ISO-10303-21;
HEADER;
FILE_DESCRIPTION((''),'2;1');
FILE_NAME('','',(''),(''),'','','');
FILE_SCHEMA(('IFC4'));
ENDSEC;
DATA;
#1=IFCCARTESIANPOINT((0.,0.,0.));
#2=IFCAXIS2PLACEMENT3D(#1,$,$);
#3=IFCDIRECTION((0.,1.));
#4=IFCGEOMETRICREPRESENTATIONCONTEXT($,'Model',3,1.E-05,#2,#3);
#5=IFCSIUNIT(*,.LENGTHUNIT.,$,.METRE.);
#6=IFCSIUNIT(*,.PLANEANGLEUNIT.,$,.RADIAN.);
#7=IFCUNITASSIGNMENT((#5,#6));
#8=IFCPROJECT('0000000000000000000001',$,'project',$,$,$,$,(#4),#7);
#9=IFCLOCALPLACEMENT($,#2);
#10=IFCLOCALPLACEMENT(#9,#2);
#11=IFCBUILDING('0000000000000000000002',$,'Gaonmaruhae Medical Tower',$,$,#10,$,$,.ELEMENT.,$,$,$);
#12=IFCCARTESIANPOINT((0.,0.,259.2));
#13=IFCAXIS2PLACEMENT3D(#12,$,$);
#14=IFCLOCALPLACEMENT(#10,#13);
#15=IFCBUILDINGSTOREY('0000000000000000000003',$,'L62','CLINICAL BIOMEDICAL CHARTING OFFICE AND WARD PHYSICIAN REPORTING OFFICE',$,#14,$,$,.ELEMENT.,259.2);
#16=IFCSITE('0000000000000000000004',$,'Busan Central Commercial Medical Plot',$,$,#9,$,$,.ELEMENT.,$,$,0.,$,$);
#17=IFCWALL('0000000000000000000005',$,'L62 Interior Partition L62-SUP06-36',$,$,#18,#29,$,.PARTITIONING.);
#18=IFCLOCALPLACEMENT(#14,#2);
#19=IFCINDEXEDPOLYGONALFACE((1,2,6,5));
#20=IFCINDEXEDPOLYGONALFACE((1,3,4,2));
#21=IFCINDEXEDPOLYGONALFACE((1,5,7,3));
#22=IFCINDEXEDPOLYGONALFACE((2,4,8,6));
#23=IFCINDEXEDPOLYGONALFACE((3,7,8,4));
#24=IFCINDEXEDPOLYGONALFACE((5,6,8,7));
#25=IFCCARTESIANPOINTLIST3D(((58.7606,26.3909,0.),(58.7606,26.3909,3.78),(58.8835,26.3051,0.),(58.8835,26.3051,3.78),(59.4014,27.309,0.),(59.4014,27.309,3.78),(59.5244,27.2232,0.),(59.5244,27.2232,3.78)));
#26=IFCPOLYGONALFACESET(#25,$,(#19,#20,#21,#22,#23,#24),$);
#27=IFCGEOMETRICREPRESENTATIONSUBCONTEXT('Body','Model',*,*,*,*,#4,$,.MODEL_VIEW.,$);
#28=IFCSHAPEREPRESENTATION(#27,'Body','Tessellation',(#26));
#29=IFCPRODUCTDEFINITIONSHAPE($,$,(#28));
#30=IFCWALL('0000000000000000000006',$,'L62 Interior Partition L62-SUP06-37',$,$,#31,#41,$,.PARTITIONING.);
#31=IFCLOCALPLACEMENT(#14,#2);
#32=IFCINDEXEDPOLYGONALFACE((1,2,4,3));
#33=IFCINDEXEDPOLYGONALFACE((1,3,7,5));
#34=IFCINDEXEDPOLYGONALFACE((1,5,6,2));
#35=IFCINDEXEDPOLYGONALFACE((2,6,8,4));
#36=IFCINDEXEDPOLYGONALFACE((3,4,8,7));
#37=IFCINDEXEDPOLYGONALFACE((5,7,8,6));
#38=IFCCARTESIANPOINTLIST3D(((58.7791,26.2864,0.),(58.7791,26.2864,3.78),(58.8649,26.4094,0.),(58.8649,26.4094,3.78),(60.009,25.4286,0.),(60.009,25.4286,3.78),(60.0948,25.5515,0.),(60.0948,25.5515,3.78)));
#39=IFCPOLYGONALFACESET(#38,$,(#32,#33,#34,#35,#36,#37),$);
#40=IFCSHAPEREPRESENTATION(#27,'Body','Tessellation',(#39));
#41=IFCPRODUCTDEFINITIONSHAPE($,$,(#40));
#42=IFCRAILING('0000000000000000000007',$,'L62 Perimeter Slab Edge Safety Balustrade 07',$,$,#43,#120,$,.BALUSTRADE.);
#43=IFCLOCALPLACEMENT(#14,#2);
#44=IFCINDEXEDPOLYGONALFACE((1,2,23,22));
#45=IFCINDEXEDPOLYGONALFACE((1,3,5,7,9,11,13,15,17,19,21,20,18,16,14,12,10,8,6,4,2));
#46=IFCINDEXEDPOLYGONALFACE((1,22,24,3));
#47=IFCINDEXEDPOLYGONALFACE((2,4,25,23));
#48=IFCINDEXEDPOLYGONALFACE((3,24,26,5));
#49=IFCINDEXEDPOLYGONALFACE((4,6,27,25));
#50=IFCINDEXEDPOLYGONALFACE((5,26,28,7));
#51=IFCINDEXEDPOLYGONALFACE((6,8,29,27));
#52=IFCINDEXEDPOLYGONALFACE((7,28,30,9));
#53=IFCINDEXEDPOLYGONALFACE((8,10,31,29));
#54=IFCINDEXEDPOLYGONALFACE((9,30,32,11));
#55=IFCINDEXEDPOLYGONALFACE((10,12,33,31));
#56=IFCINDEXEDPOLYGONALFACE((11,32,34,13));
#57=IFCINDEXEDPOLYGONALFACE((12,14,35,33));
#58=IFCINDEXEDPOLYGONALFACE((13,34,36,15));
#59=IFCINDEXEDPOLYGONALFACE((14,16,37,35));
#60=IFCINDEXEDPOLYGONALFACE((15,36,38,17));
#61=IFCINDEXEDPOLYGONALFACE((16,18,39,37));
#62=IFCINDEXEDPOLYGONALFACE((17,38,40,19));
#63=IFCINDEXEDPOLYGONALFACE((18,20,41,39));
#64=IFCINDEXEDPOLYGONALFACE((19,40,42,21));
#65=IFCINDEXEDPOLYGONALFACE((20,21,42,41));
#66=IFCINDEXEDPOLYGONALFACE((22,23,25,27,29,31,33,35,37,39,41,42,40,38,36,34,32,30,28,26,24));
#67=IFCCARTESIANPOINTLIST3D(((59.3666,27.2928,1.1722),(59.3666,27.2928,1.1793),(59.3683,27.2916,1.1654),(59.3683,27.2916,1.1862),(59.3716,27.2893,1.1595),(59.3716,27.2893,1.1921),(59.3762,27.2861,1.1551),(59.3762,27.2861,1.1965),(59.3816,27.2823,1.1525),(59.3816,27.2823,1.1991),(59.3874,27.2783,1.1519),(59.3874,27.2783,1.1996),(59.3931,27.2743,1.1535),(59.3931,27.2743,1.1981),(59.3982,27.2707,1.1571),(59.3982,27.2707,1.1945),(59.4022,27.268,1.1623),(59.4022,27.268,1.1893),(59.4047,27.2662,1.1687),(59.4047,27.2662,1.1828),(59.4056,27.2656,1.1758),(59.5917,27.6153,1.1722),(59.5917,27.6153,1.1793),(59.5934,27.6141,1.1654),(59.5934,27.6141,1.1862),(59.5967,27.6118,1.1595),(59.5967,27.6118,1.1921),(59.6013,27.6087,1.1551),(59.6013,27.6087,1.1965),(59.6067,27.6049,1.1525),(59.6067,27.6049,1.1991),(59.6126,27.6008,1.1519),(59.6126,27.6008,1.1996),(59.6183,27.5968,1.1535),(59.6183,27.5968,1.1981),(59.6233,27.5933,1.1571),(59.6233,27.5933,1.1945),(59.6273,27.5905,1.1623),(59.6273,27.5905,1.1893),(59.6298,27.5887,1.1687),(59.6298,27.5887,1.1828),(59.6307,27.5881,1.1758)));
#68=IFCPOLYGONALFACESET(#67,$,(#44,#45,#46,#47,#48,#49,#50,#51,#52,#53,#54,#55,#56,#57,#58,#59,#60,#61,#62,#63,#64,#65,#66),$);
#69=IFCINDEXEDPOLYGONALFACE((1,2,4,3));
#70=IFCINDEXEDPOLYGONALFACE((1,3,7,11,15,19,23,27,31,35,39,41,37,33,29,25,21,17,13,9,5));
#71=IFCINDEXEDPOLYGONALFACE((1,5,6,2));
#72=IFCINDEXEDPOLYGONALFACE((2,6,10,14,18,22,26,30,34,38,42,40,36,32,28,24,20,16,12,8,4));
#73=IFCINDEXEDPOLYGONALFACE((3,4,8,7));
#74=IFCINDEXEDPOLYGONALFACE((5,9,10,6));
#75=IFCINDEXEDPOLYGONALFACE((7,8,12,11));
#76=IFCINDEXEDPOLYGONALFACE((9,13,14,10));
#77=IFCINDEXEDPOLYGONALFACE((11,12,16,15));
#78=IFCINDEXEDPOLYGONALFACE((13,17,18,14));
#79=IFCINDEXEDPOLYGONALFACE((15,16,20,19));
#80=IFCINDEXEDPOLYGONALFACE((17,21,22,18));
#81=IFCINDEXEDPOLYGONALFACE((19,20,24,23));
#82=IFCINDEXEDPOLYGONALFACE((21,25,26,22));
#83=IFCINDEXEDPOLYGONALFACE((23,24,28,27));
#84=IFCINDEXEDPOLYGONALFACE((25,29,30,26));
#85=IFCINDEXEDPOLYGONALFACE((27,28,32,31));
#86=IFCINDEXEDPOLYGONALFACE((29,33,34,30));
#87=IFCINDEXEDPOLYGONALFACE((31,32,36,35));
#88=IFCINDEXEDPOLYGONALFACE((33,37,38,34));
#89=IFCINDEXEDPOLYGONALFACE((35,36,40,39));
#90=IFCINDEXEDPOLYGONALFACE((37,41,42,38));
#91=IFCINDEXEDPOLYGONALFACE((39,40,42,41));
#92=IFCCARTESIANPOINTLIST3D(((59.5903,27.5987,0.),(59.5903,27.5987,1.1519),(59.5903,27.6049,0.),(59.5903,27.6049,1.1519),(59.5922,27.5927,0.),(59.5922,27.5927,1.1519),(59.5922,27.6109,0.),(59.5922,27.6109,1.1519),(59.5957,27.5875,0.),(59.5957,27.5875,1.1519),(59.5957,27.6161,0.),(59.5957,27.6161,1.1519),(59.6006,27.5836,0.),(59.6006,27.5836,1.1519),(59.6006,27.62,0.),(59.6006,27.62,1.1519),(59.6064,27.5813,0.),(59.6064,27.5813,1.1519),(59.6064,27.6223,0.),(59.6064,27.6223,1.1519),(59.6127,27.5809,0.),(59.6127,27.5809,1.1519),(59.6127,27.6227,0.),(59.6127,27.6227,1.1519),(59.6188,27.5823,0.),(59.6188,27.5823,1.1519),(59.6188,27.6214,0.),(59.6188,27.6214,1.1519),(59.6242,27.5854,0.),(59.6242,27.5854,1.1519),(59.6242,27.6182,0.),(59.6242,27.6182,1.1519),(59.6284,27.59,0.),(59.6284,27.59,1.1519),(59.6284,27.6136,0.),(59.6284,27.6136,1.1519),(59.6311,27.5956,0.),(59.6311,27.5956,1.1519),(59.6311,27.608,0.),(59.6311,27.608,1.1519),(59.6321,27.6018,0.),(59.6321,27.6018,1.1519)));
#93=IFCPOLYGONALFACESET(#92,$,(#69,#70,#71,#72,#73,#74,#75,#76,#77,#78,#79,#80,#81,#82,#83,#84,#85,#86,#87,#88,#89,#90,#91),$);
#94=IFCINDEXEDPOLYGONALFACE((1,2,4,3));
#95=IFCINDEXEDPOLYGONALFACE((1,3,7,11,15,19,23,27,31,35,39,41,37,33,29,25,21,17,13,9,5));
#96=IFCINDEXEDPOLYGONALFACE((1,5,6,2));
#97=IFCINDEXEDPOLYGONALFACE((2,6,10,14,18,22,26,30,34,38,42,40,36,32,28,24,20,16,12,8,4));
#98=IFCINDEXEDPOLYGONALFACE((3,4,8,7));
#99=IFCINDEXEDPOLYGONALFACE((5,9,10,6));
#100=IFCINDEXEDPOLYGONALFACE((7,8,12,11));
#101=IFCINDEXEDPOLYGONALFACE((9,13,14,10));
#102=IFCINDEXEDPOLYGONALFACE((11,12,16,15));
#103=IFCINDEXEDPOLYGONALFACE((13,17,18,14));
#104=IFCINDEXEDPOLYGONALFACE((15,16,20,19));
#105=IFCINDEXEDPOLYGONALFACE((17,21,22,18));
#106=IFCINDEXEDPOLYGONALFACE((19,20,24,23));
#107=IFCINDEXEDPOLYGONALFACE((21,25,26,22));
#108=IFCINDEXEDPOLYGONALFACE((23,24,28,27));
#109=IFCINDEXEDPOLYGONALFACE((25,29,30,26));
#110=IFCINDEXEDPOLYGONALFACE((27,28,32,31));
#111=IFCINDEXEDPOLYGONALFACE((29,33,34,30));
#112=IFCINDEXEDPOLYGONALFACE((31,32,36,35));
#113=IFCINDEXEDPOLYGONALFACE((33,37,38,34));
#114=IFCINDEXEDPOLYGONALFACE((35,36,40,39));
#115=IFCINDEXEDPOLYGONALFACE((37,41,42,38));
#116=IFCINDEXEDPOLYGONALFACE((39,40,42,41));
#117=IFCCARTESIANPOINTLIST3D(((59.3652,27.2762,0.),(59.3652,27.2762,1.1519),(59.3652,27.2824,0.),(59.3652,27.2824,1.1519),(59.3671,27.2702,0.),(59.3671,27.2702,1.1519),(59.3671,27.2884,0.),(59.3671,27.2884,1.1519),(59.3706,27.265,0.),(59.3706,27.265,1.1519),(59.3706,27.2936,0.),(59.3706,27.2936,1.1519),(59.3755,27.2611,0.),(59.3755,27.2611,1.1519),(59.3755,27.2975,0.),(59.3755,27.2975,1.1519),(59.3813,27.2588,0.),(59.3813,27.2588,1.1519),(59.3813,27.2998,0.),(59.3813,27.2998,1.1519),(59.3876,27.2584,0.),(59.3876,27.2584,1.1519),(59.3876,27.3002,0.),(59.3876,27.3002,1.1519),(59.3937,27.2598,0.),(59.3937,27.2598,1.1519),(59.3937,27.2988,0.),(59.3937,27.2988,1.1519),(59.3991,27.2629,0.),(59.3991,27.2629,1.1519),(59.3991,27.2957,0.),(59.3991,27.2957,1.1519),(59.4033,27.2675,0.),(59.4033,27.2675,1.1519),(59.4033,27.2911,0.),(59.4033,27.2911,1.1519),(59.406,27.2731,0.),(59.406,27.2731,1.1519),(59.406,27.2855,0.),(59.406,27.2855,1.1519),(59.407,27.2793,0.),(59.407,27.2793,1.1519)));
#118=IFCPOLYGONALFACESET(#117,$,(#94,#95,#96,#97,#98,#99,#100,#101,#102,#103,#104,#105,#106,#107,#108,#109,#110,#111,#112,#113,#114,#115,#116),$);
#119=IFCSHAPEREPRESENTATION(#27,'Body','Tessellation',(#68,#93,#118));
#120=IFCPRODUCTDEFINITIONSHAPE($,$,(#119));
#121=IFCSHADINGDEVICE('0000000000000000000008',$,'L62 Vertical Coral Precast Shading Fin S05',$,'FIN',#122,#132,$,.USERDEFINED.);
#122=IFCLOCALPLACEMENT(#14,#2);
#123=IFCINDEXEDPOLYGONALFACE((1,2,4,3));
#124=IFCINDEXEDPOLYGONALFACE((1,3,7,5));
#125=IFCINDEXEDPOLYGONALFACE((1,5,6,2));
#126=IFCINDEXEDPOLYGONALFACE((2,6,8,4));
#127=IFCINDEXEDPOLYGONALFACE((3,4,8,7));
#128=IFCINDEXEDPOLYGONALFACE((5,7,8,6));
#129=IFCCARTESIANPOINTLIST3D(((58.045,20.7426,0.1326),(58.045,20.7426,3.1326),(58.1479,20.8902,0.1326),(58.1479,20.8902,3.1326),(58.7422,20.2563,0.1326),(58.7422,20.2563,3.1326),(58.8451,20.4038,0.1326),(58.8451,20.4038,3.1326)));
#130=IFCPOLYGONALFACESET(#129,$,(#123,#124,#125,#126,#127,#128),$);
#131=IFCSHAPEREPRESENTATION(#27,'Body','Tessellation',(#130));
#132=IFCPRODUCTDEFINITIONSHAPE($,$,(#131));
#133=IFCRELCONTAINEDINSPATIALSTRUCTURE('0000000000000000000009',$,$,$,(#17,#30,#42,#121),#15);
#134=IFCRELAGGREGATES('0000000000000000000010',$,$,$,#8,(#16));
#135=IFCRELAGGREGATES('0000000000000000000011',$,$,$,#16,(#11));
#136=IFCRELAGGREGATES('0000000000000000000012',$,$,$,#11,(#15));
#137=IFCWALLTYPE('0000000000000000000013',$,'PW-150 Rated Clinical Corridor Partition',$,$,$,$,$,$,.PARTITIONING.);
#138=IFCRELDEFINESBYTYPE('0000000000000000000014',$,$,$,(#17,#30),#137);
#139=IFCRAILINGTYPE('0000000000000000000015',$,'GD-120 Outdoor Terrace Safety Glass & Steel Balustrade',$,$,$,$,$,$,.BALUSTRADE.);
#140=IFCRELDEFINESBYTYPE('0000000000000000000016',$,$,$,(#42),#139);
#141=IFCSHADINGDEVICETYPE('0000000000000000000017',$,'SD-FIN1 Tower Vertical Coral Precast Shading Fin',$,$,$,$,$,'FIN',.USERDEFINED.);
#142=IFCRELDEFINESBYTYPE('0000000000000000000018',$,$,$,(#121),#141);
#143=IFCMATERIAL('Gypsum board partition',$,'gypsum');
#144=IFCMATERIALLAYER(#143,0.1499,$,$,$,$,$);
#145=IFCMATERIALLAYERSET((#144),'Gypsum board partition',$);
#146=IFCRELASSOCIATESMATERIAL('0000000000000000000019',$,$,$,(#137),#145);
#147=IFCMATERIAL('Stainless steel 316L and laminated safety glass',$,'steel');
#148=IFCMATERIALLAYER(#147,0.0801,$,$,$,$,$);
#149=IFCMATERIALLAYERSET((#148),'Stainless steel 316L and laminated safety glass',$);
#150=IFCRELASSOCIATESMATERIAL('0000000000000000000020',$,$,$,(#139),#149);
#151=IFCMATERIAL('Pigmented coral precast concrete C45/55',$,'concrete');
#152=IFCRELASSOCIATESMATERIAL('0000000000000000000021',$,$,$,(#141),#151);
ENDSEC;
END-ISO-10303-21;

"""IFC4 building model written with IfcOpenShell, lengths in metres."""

from ifc_helpers import new_model, si_unit, direction, frame, frame_2d, origin, origin_2d, place, context, subcontext, project, spatial, rectangle, circle, extrude, material, layer, layer_set, type_object, element, save


model = new_model("IFC4")

# Units and contexts
model_context = context("Model", 3, precision=1e-05, world=origin(), true_north=direction((0.0, 1.0)))
body_context = subcontext(model_context, "Body", "Model", "MODEL_VIEW")
ifc_project = project(units=[si_unit("LENGTHUNIT", "METRE"), si_unit("PLANEANGLEUNIT", "RADIAN")], contexts=[model_context])

# Site, building, storey
site_placement = place(None, origin())
site = spatial("IfcSite", under=ifc_project, at=site_placement, Name="Busan Central Commercial Medical Plot", CompositionType="ELEMENT", RefElevation=0.0)
building_placement = place(site_placement, origin())
building = spatial("IfcBuilding", under=site, at=building_placement, Name="Gaonmaruhae Medical Tower", CompositionType="ELEMENT")
storey_placement = place(building_placement, frame((0.0, 0.0, 259.2)))
storey = spatial("IfcBuildingStorey", under=building, at=storey_placement, Name="L62", Description="CLINICAL BIOMEDICAL CHARTING OFFICE AND WARD PHYSICIAN REPORTING OFFICE", CompositionType="ELEMENT", Elevation=259.2)

# Walls
ifc_material_1 = material(Name="Gypsum board partition", Category="gypsum")
ifc_layer_1 = layer(ifc_material_1, 0.1499)
ifc_layer_set_1 = layer_set([ifc_layer_1], Name="Gypsum board partition")
wall_type_1 = type_object("IfcWallType", Name="PW-150 Rated Clinical Corridor Partition", PredefinedType="PARTITIONING", material=ifc_layer_set_1)
wall_1_placement = place(storey_placement, frame((59.4629, 27.2661, 0.0), z_axis=(0.0, 0.0, 1.0), x_axis=(-0.572335, -0.82002, 0.0)))
element("IfcWall", 1, at=wall_1_placement, inside=storey, type_object=wall_type_1, Name="L62 Interior Partition L62-SUP06-36", PredefinedType="PARTITIONING", context=body_context, shape_type="SweptSolid", body=[
    extrude(rectangle(XDim=1.1196, YDim=0.1499, at=frame_2d((0.5598, 0.0))), origin(), (0.0, 0.0, 1.0), 3.78),
])
wall_2_placement = place(storey_placement, frame((58.822, 26.3479, 0.0), z_axis=(0.0, 0.0, 1.0), x_axis=(0.820194, -0.572085, 0.0)))
element("IfcWall", 2, at=wall_2_placement, inside=storey, type_object=wall_type_1, Name="L62 Interior Partition L62-SUP06-37", PredefinedType="PARTITIONING", context=body_context, shape_type="SweptSolid", body=[
    extrude(rectangle(XDim=1.4995, YDim=0.1499, at=frame_2d((0.7498, 0.0))), origin(), (0.0, 0.0, 1.0), 3.78),
])

# Railing
ifc_material_2 = material(Name="Stainless steel 316L and laminated safety glass", Category="steel")
ifc_layer_2 = layer(ifc_material_2, 0.0801)
ifc_layer_set_2 = layer_set([ifc_layer_2], Name="Stainless steel 316L and laminated safety glass")
railing_type = type_object("IfcRailingType", Name="GD-120 Outdoor Terrace Safety Glass & Steel Balustrade", PredefinedType="BALUSTRADE", material=ifc_layer_set_2)
railing_placement = place(storey_placement, frame((59.6111, 27.6018, 0.0)))
element("IfcRailing", 3, at=railing_placement, inside=storey, type_object=railing_type, Name="L62 Perimeter Slab Edge Safety Balustrade 07", PredefinedType="BALUSTRADE", context=body_context, shape_type="SweptSolid", body=[
    extrude(circle(Radius=0.0239, at=origin_2d()), frame((0.0, 0.0, 1.1758), z_axis=(-0.572337, -0.820019, 0.0), x_axis=(0.820019, -0.572337, 0.0)), (0.0, 0.0, 1.0), 0.3933),
    extrude(circle(Radius=0.021, at=origin_2d()), origin(), (0.0, 0.0, 1.0), 1.1519),
    extrude(circle(Radius=0.021, at=origin_2d()), frame((-0.2251, -0.3225, 0.0)), (0.0, 0.0, 1.0), 1.1519),
])

# Shading device
ifc_material_3 = material(Name="Pigmented coral precast concrete C45/55", Category="concrete")
shading_device_type = type_object("IfcShadingDeviceType", Name="SD-FIN1 Tower Vertical Coral Precast Shading Fin", ElementType="FIN", PredefinedType="USERDEFINED", material=ifc_material_3)
shading_device_placement = place(storey_placement, frame((58.4451, 20.5732, 0.1326), z_axis=(0.0, 0.0, 1.0), x_axis=(-0.572146, -0.820152, 0.0)))
element("IfcShadingDevice", 4, at=shading_device_placement, inside=storey, type_object=shading_device_type, Name="L62 Vertical Coral Precast Shading Fin S05", ObjectType="FIN", PredefinedType="USERDEFINED", context=body_context, shape_type="SweptSolid", body=[
    extrude(rectangle(XDim=0.1799, YDim=0.8501, at=origin_2d()), origin(), (0.0, 0.0, 1.0), 3.0),
])

save(model, "model.ifc")
